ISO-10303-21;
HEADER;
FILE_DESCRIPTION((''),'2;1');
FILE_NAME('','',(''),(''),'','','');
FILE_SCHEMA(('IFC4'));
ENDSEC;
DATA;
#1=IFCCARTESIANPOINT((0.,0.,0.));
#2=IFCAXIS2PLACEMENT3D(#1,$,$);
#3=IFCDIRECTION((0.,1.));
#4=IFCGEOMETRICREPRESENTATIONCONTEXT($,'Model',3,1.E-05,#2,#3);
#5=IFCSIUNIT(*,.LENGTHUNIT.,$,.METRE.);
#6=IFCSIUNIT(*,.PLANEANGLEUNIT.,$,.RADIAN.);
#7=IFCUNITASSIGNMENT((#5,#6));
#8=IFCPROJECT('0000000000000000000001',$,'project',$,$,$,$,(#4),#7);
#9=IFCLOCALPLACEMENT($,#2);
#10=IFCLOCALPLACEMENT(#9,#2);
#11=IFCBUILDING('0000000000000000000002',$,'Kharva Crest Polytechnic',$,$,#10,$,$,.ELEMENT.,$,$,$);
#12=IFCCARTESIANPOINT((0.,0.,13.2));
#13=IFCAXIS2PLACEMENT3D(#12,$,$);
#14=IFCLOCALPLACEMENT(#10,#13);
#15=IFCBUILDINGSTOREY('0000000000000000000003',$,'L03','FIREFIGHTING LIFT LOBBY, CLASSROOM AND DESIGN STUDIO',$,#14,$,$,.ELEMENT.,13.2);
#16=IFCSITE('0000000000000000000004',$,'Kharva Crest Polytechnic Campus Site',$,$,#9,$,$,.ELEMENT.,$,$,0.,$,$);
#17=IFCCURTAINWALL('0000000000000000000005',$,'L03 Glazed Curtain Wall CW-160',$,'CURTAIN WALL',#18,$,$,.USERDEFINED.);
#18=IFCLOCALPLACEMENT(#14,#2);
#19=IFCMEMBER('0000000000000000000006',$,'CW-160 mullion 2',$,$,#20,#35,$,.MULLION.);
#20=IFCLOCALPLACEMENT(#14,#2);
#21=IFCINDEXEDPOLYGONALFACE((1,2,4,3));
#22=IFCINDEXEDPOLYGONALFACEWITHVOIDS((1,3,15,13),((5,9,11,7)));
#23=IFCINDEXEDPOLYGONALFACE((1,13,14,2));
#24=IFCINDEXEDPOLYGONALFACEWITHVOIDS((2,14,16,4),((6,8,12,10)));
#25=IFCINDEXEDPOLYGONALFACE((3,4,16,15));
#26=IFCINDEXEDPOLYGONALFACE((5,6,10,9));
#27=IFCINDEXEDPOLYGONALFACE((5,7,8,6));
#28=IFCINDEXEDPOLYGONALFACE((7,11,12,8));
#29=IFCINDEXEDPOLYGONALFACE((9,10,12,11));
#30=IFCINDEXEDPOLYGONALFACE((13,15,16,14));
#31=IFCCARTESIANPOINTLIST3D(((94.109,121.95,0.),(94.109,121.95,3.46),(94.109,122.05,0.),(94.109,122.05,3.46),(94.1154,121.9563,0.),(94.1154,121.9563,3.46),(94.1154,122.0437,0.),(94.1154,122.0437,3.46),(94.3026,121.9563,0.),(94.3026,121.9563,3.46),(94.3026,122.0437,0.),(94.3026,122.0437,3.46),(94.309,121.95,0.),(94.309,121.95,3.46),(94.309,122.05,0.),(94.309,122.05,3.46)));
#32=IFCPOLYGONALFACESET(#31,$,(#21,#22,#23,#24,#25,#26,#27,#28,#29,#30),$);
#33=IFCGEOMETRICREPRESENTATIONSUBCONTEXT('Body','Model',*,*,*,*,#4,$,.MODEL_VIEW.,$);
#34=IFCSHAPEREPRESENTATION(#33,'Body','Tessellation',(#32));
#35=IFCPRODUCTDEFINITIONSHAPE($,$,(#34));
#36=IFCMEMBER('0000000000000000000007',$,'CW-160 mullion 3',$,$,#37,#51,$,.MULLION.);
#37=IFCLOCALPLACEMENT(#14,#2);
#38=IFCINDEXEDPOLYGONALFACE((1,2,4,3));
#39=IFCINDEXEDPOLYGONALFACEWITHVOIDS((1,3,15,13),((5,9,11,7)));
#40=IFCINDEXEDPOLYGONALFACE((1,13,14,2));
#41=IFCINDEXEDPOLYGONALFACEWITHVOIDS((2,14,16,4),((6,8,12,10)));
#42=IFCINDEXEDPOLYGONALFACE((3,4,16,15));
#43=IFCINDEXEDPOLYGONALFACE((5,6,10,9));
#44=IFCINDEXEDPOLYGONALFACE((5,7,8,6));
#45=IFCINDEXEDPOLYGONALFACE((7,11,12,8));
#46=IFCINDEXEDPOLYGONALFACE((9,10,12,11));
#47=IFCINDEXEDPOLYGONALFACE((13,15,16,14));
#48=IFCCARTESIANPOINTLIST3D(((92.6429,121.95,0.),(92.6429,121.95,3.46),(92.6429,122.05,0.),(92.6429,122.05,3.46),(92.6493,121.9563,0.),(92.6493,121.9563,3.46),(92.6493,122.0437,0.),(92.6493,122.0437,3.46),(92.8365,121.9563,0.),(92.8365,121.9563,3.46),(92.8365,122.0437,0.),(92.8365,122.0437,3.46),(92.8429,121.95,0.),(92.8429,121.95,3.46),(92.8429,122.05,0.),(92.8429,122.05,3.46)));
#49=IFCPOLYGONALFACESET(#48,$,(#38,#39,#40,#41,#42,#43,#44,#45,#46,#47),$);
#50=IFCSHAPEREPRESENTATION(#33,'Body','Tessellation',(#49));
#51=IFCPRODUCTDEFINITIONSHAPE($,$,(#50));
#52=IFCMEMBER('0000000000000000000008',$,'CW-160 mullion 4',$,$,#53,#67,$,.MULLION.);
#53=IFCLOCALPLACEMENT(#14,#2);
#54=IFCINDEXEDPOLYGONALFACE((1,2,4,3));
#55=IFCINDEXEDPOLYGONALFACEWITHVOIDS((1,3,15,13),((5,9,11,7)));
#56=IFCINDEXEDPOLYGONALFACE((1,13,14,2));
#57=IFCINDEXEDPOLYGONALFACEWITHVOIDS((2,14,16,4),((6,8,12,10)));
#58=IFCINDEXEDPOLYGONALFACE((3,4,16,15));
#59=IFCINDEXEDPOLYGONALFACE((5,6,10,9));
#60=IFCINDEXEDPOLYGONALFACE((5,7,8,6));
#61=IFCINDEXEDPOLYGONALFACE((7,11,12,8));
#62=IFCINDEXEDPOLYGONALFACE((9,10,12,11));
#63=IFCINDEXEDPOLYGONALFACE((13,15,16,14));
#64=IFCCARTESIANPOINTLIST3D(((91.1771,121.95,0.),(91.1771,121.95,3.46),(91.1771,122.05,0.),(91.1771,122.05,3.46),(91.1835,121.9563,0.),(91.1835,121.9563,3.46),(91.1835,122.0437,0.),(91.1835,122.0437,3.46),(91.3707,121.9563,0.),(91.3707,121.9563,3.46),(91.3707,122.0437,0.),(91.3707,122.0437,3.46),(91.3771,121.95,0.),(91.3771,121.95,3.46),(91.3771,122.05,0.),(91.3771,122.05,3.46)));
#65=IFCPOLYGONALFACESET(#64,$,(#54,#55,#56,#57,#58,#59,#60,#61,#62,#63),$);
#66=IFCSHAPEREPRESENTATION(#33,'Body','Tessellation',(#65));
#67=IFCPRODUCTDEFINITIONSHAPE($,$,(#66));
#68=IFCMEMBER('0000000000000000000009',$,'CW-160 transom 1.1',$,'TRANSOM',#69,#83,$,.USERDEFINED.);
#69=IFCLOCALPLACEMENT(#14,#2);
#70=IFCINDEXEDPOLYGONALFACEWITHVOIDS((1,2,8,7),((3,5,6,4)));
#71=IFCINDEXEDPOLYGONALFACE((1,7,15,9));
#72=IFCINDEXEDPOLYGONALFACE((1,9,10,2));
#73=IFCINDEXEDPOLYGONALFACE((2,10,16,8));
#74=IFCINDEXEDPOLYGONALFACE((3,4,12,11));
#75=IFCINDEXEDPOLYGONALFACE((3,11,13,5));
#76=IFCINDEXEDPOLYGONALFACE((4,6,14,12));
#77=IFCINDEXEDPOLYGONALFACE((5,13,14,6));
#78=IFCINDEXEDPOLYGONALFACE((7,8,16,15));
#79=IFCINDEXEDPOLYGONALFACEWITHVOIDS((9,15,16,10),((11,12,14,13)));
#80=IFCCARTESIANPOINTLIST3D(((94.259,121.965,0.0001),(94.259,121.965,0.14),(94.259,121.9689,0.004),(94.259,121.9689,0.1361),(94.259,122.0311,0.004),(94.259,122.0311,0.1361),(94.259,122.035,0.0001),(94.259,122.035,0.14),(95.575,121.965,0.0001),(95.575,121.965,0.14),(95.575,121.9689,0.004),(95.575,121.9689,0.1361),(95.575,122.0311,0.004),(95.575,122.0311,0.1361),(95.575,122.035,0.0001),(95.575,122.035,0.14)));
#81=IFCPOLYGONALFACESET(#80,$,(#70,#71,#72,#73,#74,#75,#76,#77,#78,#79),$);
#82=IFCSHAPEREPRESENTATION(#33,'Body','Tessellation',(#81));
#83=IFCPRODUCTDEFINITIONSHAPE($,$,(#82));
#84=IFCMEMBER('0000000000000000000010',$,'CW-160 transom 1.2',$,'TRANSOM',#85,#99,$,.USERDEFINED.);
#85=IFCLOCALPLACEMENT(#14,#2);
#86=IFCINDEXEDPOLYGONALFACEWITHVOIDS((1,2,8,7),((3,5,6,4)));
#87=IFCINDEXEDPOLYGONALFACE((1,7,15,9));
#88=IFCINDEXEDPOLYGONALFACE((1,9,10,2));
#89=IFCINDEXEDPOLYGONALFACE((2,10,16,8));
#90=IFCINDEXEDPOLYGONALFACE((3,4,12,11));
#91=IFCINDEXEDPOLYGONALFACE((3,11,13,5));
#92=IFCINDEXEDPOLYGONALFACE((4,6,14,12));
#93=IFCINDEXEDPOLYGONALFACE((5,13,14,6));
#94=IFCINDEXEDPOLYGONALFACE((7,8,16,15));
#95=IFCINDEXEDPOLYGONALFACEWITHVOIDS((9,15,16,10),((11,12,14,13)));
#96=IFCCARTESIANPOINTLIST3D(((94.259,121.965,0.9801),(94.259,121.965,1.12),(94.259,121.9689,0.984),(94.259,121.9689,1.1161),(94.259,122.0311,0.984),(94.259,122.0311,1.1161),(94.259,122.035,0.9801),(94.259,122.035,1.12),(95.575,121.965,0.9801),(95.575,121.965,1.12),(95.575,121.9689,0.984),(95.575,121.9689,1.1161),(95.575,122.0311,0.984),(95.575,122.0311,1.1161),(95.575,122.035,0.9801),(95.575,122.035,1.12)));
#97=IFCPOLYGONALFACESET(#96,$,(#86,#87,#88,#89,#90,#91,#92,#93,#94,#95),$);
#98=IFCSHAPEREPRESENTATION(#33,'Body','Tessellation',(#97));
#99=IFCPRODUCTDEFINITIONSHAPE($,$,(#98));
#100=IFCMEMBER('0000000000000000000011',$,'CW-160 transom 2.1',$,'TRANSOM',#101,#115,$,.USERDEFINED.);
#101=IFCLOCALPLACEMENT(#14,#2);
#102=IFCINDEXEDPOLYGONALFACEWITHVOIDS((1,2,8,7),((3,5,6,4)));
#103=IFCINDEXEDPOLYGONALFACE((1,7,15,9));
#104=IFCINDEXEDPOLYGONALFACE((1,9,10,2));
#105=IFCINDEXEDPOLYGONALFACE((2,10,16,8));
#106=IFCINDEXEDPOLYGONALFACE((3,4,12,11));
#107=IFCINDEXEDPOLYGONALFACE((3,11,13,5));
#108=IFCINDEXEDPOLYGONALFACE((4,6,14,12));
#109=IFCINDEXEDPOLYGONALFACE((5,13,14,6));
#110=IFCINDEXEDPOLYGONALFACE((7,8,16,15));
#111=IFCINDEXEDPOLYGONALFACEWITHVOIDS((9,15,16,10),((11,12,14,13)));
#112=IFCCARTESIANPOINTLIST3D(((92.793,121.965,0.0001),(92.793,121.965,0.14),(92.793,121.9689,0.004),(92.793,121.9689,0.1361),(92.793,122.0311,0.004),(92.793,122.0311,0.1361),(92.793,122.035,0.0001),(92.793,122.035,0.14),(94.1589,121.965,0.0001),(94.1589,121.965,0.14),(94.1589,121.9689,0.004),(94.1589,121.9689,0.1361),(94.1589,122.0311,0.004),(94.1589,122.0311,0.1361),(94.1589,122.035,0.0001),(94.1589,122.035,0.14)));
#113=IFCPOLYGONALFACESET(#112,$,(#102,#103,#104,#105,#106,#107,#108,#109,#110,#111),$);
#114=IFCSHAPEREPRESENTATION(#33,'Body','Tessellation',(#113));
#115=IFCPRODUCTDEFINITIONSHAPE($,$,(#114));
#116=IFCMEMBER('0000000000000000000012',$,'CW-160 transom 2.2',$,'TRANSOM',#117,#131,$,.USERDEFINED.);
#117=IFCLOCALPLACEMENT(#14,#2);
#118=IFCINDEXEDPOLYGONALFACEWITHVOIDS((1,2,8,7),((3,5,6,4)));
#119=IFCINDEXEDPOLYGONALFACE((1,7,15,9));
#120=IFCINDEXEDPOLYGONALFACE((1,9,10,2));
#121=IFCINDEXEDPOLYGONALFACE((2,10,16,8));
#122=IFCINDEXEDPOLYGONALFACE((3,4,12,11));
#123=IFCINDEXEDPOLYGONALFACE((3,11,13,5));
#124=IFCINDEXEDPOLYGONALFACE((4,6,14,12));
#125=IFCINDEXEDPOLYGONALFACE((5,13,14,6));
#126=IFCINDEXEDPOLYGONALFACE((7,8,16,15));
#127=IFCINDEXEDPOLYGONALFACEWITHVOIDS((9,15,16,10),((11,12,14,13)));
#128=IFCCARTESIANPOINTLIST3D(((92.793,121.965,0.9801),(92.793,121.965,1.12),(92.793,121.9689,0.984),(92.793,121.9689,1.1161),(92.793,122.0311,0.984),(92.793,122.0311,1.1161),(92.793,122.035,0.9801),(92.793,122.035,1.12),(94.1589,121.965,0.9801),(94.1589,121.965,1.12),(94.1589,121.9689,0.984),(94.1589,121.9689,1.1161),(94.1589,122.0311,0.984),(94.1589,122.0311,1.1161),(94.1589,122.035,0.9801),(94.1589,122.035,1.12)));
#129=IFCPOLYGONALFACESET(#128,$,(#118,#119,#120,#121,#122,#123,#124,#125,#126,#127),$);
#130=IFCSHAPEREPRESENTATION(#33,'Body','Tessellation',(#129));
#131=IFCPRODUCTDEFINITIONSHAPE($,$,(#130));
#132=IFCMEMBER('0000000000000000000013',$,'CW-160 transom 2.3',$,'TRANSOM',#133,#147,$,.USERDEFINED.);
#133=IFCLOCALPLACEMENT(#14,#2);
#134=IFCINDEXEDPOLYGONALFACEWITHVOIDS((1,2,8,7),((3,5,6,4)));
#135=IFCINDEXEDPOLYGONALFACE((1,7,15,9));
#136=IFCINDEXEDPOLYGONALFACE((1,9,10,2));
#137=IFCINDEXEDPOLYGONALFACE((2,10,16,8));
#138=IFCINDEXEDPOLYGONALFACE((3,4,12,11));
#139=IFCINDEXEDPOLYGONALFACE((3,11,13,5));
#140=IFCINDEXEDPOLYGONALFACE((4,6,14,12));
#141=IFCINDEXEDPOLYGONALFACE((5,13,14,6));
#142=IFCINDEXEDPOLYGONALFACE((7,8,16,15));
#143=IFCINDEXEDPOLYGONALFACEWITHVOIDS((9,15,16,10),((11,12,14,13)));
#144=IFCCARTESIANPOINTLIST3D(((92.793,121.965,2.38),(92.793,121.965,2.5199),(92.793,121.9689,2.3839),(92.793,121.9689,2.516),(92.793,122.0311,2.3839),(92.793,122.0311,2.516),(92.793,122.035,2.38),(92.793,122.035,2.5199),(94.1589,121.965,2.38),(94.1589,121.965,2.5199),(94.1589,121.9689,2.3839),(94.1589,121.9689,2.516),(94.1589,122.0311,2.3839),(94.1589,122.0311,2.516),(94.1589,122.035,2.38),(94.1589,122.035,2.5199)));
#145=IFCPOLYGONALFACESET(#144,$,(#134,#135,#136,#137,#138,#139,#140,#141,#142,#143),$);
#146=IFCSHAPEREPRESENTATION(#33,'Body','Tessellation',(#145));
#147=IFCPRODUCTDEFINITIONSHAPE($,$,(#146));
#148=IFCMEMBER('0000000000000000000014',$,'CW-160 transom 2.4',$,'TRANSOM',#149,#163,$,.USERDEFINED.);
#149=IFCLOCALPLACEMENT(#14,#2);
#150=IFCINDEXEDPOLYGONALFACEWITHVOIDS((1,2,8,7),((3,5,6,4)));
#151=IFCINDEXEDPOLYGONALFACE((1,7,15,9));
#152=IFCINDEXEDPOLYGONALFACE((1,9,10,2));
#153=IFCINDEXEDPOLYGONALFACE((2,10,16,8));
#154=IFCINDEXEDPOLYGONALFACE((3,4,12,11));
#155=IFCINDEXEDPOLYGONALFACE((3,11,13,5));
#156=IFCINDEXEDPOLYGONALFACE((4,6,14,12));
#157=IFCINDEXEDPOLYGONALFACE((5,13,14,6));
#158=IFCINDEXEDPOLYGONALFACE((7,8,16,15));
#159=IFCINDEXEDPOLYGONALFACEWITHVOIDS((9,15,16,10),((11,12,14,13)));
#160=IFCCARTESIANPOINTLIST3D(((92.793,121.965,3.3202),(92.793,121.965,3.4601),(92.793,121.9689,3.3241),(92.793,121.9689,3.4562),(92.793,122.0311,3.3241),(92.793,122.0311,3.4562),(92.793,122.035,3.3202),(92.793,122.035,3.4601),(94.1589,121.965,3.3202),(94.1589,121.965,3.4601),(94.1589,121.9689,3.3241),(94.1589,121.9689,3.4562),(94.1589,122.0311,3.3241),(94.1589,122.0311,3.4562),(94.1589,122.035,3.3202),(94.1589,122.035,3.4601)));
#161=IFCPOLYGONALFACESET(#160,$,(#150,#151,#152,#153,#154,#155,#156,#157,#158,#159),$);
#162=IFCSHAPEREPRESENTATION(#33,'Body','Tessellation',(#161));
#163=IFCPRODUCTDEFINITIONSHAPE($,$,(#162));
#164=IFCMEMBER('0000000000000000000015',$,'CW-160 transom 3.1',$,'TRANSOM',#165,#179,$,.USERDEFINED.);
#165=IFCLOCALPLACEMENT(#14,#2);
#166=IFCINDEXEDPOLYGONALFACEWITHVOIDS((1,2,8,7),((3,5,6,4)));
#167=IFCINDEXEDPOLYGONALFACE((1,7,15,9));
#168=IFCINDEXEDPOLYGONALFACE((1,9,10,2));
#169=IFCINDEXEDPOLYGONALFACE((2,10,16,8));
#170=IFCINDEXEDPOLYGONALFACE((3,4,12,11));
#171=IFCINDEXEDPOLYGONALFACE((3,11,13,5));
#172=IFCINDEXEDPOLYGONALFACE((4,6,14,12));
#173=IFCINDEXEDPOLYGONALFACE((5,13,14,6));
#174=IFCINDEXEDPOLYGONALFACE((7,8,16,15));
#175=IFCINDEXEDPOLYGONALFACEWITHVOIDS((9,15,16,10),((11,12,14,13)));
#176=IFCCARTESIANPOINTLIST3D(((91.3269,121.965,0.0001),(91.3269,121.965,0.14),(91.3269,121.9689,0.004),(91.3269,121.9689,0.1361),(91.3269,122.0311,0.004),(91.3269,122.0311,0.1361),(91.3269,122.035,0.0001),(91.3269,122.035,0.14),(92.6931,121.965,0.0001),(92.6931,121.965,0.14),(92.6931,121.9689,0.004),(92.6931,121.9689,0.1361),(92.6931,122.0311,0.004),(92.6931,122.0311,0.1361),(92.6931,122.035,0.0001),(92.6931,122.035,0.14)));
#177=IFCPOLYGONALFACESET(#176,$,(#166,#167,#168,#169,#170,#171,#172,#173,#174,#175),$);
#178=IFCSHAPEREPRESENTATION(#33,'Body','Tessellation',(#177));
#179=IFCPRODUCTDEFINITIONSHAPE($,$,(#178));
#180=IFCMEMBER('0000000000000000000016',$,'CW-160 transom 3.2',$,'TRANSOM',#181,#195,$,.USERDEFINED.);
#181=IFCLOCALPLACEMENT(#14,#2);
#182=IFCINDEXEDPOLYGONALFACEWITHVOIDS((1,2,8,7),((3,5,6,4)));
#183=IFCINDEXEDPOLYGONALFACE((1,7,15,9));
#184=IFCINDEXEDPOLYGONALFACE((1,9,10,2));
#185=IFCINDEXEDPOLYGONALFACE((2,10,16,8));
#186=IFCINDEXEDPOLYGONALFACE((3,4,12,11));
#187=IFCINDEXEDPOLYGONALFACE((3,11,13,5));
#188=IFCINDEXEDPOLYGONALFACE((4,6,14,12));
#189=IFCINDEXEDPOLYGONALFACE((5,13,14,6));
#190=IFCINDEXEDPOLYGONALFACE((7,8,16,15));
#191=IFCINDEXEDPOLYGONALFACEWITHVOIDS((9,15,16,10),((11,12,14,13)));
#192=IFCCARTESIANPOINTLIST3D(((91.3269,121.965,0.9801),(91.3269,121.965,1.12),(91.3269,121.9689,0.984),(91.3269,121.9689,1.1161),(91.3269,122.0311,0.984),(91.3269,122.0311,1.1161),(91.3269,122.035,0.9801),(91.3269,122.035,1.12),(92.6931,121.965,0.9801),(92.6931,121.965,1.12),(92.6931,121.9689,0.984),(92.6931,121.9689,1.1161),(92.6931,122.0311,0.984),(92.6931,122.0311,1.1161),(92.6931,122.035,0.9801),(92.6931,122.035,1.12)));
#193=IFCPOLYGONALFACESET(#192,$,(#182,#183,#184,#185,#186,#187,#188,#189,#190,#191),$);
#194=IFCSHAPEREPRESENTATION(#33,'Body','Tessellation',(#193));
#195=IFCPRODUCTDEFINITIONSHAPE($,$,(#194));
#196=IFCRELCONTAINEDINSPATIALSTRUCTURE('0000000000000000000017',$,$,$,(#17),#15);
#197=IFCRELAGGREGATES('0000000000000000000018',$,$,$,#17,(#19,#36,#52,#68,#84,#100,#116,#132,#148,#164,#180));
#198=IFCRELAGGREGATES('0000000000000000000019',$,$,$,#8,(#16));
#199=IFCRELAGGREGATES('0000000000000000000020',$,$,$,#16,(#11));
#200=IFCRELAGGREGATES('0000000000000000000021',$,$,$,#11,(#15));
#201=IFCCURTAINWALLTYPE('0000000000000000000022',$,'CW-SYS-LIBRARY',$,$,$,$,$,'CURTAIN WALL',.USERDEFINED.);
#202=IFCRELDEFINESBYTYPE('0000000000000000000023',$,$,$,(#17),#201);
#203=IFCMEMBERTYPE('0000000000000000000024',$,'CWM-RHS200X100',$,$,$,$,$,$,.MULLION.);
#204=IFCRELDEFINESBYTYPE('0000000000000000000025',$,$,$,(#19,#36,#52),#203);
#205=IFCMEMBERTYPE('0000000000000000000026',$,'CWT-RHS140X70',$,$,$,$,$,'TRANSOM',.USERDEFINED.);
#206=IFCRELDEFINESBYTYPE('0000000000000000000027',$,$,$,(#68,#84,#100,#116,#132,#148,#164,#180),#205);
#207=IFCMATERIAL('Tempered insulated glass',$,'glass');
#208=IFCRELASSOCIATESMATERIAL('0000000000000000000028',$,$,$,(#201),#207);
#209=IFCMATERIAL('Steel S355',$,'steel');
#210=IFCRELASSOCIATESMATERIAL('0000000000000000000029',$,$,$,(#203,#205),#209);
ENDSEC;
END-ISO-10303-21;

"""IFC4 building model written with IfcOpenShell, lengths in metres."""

from ifc_helpers import new_model, si_unit, direction, frame, origin, origin_2d, place, context, subcontext, project, spatial, hollow_rectangle, extrude, material, material_profile, profile_set, type_object, element, aggregate, save


model = new_model("IFC4")

# Units and contexts
model_context = context("Model", 3, precision=1e-05, world=origin(), true_north=direction((0.0, 1.0)))
body_context = subcontext(model_context, "Body", "Model", "MODEL_VIEW")
ifc_project = project(units=[si_unit("LENGTHUNIT", "METRE"), si_unit("PLANEANGLEUNIT", "RADIAN")], contexts=[model_context])

# Site, building, storey
site_placement = place(None, origin())
site = spatial("IfcSite", under=ifc_project, at=site_placement, Name="Kharva Crest Polytechnic Campus Site", CompositionType="ELEMENT", RefElevation=0.0)
building_placement = place(site_placement, origin())
building = spatial("IfcBuilding", under=site, at=building_placement, Name="Kharva Crest Polytechnic", CompositionType="ELEMENT")
storey_placement = place(building_placement, frame((0.0, 0.0, 13.2)))
storey = spatial("IfcBuildingStorey", under=building, at=storey_placement, Name="L03", Description="FIREFIGHTING LIFT LOBBY, CLASSROOM AND DESIGN STUDIO", CompositionType="ELEMENT", Elevation=13.2)

# Curtain wall, members
ifc_material_1 = material(Name="Tempered insulated glass", Category="glass")
curtain_wall_type = type_object("IfcCurtainWallType", Name="CW-SYS-LIBRARY", ElementType="CURTAIN WALL", PredefinedType="USERDEFINED", material=ifc_material_1)
curtain_wall_placement = place(storey_placement, origin())
curtain_wall = element("IfcCurtainWall", 1, at=curtain_wall_placement, inside=storey, type_object=curtain_wall_type, Name="L03 Glazed Curtain Wall CW-160", ObjectType="CURTAIN WALL", PredefinedType="USERDEFINED")
ifc_material_2 = material(Name="Steel S355", Category="steel")
ifc_material_profile_1 = material_profile(ifc_material_2, hollow_rectangle(XDim=0.1001, YDim=0.2, WallThickness=0.0063, at=origin_2d()), Name="RHS 200X100X6.3")
ifc_profile_set_1 = profile_set([ifc_material_profile_1], Name="Steel S355")
member_type_1 = type_object("IfcMemberType", Name="CWM-RHS200X100", PredefinedType="MULLION", material=ifc_profile_set_1)
member_1_placement = place(storey_placement, frame((94.209, 122.0, 0.0), z_axis=(0.0, 0.0, 1.0), x_axis=(0.0, -1.0, 0.0)))
member_1 = element("IfcMember", 2, at=member_1_placement, type_object=member_type_1, Name="CW-160 mullion 2", PredefinedType="MULLION", context=body_context, shape_type="SweptSolid", body=[
    extrude(hollow_rectangle(XDim=0.1001, YDim=0.2, WallThickness=0.0063, at=origin_2d()), origin(), (0.0, 0.0, 1.0), 3.46),
])
member_2_placement = place(storey_placement, frame((92.7429, 122.0, 0.0), z_axis=(0.0, 0.0, 1.0), x_axis=(0.0, -1.0, 0.0)))
member_2 = element("IfcMember", 3, at=member_2_placement, type_object=member_type_1, Name="CW-160 mullion 3", PredefinedType="MULLION", context=body_context, shape_type="SweptSolid", body=[
    extrude(hollow_rectangle(XDim=0.1001, YDim=0.2, WallThickness=0.0063, at=origin_2d()), origin(), (0.0, 0.0, 1.0), 3.46),
])
member_3_placement = place(storey_placement, frame((91.2771, 122.0, 0.0), z_axis=(0.0, 0.0, 1.0), x_axis=(0.0, -1.0, 0.0)))
member_3 = element("IfcMember", 4, at=member_3_placement, type_object=member_type_1, Name="CW-160 mullion 4", PredefinedType="MULLION", context=body_context, shape_type="SweptSolid", body=[
    extrude(hollow_rectangle(XDim=0.1001, YDim=0.2, WallThickness=0.0063, at=origin_2d()), origin(), (0.0, 0.0, 1.0), 3.46),
])
ifc_material_profile_2 = material_profile(ifc_material_2, hollow_rectangle(XDim=0.0701, YDim=0.1399, WallThickness=0.0039, at=origin_2d()), Name="RHS 140X70X4.0")
ifc_profile_set_2 = profile_set([ifc_material_profile_2], Name="Steel S355")
member_type_2 = type_object("IfcMemberType", Name="CWT-RHS140X70", ElementType="TRANSOM", PredefinedType="USERDEFINED", material=ifc_profile_set_2)
member_4_placement = place(storey_placement, frame((95.575, 122.0, 0.0701), z_axis=(-1.0, 0.0, 0.0), x_axis=(0.0, -1.0, 0.0)))
member_4 = element("IfcMember", 5, at=member_4_placement, type_object=member_type_2, Name="CW-160 transom 1.1", ObjectType="TRANSOM", PredefinedType="USERDEFINED", context=body_context, shape_type="SweptSolid", body=[
    extrude(hollow_rectangle(XDim=0.0701, YDim=0.1399, WallThickness=0.0039, at=origin_2d()), origin(), (0.0, 0.0, 1.0), 1.3159),
])
member_5_placement = place(storey_placement, frame((95.575, 122.0, 1.05), z_axis=(-1.0, 0.0, 0.0), x_axis=(0.0, -1.0, 0.0)))
member_5 = element("IfcMember", 6, at=member_5_placement, type_object=member_type_2, Name="CW-160 transom 1.2", ObjectType="TRANSOM", PredefinedType="USERDEFINED", context=body_context, shape_type="SweptSolid", body=[
    extrude(hollow_rectangle(XDim=0.0701, YDim=0.1399, WallThickness=0.0039, at=origin_2d()), origin(), (0.0, 0.0, 1.0), 1.3159),
])
member_6_placement = place(storey_placement, frame((94.1589, 122.0, 0.0701), z_axis=(-1.0, 0.0, 0.0), x_axis=(0.0, -1.0, 0.0)))
member_6 = element("IfcMember", 7, at=member_6_placement, type_object=member_type_2, Name="CW-160 transom 2.1", ObjectType="TRANSOM", PredefinedType="USERDEFINED", context=body_context, shape_type="SweptSolid", body=[
    extrude(hollow_rectangle(XDim=0.0701, YDim=0.1399, WallThickness=0.0039, at=origin_2d()), origin(), (0.0, 0.0, 1.0), 1.366),
])
member_7_placement = place(storey_placement, frame((94.1589, 122.0, 1.05), z_axis=(-1.0, 0.0, 0.0), x_axis=(0.0, -1.0, 0.0)))
member_7 = element("IfcMember", 8, at=member_7_placement, type_object=member_type_2, Name="CW-160 transom 2.2", ObjectType="TRANSOM", PredefinedType="USERDEFINED", context=body_context, shape_type="SweptSolid", body=[
    extrude(hollow_rectangle(XDim=0.0701, YDim=0.1399, WallThickness=0.0039, at=origin_2d()), origin(), (0.0, 0.0, 1.0), 1.366),
])
member_8_placement = place(storey_placement, frame((94.1589, 122.0, 2.45), z_axis=(-1.0, 0.0, 0.0), x_axis=(0.0, -1.0, 0.0)))
member_8 = element("IfcMember", 9, at=member_8_placement, type_object=member_type_2, Name="CW-160 transom 2.3", ObjectType="TRANSOM", PredefinedType="USERDEFINED", context=body_context, shape_type="SweptSolid", body=[
    extrude(hollow_rectangle(XDim=0.0701, YDim=0.1399, WallThickness=0.0039, at=origin_2d()), origin(), (0.0, 0.0, 1.0), 1.366),
])
member_9_placement = place(storey_placement, frame((94.1589, 122.0, 3.3901), z_axis=(-1.0, 0.0, 0.0), x_axis=(0.0, -1.0, 0.0)))
member_9 = element("IfcMember", 10, at=member_9_placement, type_object=member_type_2, Name="CW-160 transom 2.4", ObjectType="TRANSOM", PredefinedType="USERDEFINED", context=body_context, shape_type="SweptSolid", body=[
    extrude(hollow_rectangle(XDim=0.0701, YDim=0.1399, WallThickness=0.0039, at=origin_2d()), origin(), (0.0, 0.0, 1.0), 1.366),
])
member_10_placement = place(storey_placement, frame((92.6931, 122.0, 0.0701), z_axis=(-1.0, 0.0, 0.0), x_axis=(0.0, -1.0, 0.0)))
member_10 = element("IfcMember", 11, at=member_10_placement, type_object=member_type_2, Name="CW-160 transom 3.1", ObjectType="TRANSOM", PredefinedType="USERDEFINED", context=body_context, shape_type="SweptSolid", body=[
    extrude(hollow_rectangle(XDim=0.0701, YDim=0.1399, WallThickness=0.0039, at=origin_2d()), origin(), (0.0, 0.0, 1.0), 1.3662),
])
member_11_placement = place(storey_placement, frame((92.6931, 122.0, 1.05), z_axis=(-1.0, 0.0, 0.0), x_axis=(0.0, -1.0, 0.0)))
member_11 = element("IfcMember", 12, at=member_11_placement, type_object=member_type_2, Name="CW-160 transom 3.2", ObjectType="TRANSOM", PredefinedType="USERDEFINED", context=body_context, shape_type="SweptSolid", body=[
    extrude(hollow_rectangle(XDim=0.0701, YDim=0.1399, WallThickness=0.0039, at=origin_2d()), origin(), (0.0, 0.0, 1.0), 1.3662),
])
aggregate(curtain_wall, [member_1, member_2, member_3, member_4, member_5, member_6, member_7, member_8, member_9, member_10, member_11])

save(model, "model.ifc")
